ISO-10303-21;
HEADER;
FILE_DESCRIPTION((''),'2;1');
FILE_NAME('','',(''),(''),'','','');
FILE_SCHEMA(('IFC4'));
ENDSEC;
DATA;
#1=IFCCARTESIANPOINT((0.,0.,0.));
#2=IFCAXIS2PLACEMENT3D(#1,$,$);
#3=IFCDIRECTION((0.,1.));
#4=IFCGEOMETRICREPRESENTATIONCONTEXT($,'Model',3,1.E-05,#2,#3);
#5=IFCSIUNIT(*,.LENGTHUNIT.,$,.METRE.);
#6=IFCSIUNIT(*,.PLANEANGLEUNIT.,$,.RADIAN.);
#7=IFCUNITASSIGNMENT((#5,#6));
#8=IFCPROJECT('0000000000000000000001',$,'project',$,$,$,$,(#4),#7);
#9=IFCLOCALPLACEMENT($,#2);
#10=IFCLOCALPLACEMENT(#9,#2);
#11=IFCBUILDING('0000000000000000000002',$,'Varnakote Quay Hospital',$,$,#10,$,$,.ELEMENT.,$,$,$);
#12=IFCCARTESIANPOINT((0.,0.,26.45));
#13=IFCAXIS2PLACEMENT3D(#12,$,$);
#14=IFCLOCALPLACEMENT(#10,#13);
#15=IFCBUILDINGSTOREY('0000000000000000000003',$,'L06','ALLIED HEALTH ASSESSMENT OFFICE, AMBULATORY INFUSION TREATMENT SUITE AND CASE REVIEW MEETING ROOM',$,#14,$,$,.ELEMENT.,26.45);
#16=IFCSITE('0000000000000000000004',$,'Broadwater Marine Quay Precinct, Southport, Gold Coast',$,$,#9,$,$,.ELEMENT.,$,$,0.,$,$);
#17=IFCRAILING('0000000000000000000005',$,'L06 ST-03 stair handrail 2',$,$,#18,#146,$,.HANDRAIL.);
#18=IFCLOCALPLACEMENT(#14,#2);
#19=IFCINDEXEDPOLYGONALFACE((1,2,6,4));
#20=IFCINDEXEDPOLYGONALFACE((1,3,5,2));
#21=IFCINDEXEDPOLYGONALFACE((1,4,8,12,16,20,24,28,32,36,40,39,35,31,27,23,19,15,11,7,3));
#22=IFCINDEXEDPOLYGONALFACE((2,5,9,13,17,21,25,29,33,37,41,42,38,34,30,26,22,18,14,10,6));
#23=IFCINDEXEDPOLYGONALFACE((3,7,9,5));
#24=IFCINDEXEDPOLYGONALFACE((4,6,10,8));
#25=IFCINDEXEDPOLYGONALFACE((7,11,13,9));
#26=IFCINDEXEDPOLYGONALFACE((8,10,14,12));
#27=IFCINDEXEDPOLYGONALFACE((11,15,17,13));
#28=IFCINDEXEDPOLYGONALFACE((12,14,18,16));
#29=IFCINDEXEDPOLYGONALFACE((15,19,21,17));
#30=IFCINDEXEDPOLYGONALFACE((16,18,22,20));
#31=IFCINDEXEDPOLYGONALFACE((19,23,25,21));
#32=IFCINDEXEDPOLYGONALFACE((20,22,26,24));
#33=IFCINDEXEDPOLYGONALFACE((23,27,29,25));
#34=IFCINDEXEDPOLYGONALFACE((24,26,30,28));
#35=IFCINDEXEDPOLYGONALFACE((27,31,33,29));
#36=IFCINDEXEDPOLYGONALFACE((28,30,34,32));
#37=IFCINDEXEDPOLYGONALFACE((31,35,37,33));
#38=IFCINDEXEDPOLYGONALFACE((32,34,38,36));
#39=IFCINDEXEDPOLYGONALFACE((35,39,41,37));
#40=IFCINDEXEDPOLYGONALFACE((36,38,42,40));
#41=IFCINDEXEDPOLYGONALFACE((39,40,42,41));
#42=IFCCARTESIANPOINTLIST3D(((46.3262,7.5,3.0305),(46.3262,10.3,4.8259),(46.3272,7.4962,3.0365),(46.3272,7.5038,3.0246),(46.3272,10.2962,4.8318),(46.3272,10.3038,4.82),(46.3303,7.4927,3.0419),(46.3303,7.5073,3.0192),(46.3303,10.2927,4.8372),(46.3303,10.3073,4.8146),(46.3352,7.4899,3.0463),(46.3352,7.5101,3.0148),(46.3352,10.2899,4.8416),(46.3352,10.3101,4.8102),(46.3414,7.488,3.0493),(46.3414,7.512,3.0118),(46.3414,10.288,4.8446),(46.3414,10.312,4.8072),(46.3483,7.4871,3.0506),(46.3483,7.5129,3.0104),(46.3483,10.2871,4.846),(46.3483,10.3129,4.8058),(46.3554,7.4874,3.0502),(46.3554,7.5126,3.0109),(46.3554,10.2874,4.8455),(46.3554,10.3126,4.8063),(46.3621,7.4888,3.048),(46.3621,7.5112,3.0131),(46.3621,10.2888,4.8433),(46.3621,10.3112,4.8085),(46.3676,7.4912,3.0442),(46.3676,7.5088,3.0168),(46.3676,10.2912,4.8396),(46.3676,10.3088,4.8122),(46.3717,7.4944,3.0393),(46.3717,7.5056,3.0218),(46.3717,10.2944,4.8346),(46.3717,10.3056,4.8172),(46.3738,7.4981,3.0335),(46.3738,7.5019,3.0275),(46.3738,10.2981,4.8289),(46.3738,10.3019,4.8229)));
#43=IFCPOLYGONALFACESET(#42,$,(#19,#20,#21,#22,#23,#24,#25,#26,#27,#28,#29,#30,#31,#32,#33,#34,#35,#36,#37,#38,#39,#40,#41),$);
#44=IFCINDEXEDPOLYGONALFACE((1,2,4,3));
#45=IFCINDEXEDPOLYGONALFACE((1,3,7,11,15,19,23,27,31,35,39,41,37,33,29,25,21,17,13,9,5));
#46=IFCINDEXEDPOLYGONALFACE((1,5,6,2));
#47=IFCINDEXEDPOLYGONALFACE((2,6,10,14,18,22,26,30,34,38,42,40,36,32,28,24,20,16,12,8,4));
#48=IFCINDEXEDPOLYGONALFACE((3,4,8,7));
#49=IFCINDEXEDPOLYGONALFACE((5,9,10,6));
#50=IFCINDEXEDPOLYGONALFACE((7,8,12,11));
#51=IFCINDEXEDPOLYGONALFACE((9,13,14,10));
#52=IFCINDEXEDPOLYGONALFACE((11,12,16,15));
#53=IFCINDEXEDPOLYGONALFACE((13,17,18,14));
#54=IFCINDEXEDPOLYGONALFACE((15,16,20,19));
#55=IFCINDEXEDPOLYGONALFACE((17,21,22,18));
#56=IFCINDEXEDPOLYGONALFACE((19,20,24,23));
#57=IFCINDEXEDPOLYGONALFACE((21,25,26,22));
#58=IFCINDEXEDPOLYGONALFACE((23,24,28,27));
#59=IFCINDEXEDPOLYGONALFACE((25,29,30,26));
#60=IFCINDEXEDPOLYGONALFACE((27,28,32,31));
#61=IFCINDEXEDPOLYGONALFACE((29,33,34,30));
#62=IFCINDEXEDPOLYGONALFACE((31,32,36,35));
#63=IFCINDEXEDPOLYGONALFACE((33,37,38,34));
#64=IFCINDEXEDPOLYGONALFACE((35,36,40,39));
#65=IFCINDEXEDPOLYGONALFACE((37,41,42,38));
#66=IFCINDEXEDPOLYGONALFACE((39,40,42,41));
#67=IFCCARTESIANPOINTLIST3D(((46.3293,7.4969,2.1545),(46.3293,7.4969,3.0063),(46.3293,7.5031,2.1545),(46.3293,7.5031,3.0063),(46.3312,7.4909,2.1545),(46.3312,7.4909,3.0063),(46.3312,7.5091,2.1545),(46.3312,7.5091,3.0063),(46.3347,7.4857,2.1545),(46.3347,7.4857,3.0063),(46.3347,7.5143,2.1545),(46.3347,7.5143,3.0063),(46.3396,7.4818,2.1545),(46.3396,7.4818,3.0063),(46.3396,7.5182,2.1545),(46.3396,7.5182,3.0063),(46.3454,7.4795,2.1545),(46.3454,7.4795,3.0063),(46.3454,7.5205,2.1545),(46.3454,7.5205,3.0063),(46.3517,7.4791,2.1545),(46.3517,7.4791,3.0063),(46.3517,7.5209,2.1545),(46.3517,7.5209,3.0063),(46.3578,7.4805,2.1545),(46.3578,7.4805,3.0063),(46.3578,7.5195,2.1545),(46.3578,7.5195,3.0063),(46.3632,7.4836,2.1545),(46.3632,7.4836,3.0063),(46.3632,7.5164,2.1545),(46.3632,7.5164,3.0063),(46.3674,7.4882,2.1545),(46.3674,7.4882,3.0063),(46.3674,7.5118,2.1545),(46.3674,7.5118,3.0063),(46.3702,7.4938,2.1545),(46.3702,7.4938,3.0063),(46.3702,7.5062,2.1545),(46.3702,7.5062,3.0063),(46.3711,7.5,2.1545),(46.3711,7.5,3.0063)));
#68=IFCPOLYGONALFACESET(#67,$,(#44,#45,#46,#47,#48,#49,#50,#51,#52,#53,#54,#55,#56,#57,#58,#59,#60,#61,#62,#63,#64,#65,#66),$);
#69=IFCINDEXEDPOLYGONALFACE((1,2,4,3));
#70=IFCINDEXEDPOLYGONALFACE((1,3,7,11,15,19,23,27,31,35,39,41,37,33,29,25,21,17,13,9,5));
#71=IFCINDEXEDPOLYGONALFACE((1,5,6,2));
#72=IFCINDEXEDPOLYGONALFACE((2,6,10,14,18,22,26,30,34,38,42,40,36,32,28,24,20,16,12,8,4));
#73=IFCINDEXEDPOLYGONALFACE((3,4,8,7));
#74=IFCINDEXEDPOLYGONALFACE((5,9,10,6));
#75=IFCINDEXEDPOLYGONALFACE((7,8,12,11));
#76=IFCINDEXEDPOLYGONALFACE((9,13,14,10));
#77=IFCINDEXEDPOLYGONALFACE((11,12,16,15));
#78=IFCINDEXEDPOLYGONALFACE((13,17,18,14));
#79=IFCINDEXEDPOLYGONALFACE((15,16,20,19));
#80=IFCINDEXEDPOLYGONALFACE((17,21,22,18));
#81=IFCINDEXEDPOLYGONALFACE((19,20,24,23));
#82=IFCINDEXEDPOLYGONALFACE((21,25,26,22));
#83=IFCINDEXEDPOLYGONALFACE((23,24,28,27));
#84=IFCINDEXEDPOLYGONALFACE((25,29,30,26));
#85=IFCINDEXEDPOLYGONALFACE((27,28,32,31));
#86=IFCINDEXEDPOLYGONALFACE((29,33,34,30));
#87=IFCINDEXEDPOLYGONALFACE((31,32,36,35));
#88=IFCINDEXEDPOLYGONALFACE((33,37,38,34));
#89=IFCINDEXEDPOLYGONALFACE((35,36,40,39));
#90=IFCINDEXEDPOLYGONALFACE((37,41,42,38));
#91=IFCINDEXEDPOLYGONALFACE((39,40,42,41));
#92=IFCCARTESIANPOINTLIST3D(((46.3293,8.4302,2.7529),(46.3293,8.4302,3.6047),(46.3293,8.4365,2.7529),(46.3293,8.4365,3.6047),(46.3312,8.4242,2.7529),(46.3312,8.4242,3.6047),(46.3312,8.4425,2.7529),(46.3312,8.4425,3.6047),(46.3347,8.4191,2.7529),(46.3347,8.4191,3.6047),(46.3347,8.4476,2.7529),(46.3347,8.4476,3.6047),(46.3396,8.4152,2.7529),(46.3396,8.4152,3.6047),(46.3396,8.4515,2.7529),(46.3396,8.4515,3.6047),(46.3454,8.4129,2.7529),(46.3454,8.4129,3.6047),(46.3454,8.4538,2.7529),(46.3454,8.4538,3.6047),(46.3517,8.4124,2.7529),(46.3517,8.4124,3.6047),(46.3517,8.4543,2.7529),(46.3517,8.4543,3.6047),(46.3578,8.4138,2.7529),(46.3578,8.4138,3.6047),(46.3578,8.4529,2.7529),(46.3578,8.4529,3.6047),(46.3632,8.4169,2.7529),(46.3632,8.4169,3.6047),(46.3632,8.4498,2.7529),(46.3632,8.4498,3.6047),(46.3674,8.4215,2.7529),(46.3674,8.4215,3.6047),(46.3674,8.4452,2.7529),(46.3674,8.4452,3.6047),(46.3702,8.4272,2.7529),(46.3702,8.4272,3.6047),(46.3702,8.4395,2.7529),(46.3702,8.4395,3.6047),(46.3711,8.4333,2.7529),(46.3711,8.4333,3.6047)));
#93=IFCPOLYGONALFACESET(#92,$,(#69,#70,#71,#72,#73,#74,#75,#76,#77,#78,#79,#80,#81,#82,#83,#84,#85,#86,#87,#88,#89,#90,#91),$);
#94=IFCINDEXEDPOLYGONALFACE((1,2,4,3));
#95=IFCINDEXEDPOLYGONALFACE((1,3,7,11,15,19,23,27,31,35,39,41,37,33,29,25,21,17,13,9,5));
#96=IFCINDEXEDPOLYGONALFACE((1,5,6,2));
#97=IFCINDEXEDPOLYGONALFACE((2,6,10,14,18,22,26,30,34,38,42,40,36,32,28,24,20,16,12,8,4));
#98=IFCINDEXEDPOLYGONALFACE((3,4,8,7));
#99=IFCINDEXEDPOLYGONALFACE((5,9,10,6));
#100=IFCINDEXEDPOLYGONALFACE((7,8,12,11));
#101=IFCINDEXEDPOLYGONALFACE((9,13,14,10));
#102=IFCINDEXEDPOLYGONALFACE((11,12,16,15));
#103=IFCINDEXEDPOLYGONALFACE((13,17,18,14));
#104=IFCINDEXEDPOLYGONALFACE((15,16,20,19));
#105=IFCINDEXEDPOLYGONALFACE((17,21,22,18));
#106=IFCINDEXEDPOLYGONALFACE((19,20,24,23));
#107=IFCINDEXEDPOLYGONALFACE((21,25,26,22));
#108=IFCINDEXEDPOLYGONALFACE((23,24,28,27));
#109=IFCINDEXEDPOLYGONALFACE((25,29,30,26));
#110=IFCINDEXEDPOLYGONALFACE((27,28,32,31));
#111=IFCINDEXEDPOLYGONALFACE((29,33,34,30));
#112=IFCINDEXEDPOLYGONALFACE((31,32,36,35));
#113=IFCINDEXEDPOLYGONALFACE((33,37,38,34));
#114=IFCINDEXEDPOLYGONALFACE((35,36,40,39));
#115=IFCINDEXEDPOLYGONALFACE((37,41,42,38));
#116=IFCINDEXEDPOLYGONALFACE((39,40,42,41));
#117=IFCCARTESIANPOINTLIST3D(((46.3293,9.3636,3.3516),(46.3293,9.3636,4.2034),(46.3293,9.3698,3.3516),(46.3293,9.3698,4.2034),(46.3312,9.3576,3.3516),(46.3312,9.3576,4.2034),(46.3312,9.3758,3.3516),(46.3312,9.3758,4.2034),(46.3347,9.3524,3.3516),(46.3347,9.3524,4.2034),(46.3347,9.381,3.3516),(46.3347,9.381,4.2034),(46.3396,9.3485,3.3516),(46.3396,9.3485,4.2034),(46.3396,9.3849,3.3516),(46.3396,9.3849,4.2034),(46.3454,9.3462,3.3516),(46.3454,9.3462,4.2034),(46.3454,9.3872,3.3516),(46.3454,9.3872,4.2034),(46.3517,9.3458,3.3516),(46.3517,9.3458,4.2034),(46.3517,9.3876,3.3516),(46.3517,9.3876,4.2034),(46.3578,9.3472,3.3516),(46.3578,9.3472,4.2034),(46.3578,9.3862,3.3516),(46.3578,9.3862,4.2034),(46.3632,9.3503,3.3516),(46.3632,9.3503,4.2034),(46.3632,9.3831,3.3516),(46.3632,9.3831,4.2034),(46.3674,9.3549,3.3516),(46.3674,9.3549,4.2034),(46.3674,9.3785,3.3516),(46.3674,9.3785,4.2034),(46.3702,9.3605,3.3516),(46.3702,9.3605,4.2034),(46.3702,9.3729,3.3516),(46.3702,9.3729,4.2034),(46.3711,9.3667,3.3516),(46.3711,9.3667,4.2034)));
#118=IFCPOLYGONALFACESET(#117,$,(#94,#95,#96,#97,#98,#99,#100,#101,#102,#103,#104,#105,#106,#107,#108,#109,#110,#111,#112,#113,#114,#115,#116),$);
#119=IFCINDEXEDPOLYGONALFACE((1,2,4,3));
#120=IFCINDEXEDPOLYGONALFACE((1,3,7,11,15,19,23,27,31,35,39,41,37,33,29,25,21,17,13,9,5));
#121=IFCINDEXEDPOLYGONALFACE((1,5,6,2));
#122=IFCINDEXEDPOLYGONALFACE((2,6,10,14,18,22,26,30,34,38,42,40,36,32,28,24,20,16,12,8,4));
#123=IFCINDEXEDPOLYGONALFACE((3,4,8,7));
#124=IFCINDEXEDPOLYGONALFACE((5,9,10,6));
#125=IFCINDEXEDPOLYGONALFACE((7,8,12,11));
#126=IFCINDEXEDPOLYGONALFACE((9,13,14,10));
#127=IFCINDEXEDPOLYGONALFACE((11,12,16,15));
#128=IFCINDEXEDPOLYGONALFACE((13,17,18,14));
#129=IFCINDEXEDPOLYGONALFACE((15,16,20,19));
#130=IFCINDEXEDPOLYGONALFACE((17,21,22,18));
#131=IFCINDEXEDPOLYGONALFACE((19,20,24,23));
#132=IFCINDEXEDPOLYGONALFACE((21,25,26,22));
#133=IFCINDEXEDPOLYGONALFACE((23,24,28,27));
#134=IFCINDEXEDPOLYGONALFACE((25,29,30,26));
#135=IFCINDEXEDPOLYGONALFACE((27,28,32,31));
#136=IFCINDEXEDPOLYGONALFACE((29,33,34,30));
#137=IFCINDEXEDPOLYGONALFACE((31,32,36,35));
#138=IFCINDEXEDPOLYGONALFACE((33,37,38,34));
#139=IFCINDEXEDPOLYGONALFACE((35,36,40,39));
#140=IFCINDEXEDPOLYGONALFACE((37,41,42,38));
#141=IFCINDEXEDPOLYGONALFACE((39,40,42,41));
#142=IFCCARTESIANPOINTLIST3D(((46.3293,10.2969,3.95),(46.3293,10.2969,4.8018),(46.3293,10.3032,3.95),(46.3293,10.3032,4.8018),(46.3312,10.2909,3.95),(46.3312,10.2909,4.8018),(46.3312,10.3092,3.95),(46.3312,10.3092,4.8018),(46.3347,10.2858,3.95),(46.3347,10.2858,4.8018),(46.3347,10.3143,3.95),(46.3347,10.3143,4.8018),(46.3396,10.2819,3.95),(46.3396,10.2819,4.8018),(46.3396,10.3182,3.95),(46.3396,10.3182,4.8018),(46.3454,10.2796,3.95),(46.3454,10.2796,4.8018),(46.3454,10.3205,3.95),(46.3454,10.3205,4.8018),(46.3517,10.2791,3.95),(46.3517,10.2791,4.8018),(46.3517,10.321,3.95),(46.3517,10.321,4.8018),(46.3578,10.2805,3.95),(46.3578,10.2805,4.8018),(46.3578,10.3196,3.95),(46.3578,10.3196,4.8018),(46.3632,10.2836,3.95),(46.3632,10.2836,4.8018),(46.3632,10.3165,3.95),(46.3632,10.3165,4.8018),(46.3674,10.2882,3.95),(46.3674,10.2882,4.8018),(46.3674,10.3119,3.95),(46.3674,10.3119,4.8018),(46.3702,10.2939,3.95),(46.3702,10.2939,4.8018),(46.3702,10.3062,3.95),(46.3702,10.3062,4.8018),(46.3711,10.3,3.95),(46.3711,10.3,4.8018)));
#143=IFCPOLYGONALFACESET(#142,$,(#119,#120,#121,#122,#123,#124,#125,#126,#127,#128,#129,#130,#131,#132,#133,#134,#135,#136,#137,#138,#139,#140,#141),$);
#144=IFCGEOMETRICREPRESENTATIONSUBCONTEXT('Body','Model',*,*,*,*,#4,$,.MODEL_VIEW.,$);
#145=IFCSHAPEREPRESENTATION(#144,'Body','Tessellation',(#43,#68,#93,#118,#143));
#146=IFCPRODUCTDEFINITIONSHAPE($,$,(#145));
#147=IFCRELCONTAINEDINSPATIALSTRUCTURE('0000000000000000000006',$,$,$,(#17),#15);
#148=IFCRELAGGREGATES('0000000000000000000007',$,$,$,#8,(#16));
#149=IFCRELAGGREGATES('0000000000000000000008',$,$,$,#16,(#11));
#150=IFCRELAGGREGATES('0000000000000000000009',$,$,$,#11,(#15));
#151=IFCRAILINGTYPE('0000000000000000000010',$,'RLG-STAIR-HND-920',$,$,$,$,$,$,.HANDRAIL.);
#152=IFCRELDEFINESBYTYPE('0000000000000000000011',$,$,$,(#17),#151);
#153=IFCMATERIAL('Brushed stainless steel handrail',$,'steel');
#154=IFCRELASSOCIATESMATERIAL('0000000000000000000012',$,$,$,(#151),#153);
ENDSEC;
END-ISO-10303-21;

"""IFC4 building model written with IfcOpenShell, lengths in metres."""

from ifc_helpers import new_model, si_unit, direction, frame, origin, origin_2d, place, context, subcontext, project, spatial, circle, extrude, material, type_object, element, save


model = new_model("IFC4")

# Units and contexts
model_context = context("Model", 3, precision=1e-05, world=origin(), true_north=direction((0.0, 1.0)))
body_context = subcontext(model_context, "Body", "Model", "MODEL_VIEW")
ifc_project = project(units=[si_unit("LENGTHUNIT", "METRE"), si_unit("PLANEANGLEUNIT", "RADIAN")], contexts=[model_context])

# Site, building, storey
site_placement = place(None, origin())
site = spatial("IfcSite", under=ifc_project, at=site_placement, Name="Broadwater Marine Quay Precinct, Southport, Gold Coast", CompositionType="ELEMENT", RefElevation=0.0)
building_placement = place(site_placement, origin())
building = spatial("IfcBuilding", under=site, at=building_placement, Name="Varnakote Quay Hospital", CompositionType="ELEMENT")
storey_placement = place(building_placement, frame((0.0, 0.0, 26.45)))
storey = spatial("IfcBuildingStorey", under=building, at=storey_placement, Name="L06", Description="ALLIED HEALTH ASSESSMENT OFFICE, AMBULATORY INFUSION TREATMENT SUITE AND CASE REVIEW MEETING ROOM", CompositionType="ELEMENT", Elevation=26.45)

# Railing
ifc_material_1 = material(Name="Brushed stainless steel handrail", Category="steel")
railing_type_1 = type_object("IfcRailingType", Name="RLG-STAIR-HND-920", PredefinedType="HANDRAIL", material=ifc_material_1)
railing_1_placement = place(storey_placement, frame((46.3501, 7.5, 2.1545)))
element("IfcRailing", 1, at=railing_1_placement, inside=storey, type_object=railing_type_1, Name="L06 ST-03 stair handrail 2", PredefinedType="HANDRAIL", context=body_context, shape_type="SweptSolid", body=[
    extrude(circle(Radius=0.0239, at=origin_2d()), frame((0.0, 0.0, 0.876), z_axis=(0.0, 0.84181, 0.539774), x_axis=(-1.0, 0.0, 0.0)), (0.0, 0.0, 1.0), 3.3262),
    extrude(circle(Radius=0.021, at=origin_2d()), origin(), (0.0, 0.0, 1.0), 0.8518),
    extrude(circle(Radius=0.021, at=origin_2d()), frame((0.0, 0.9333, 0.5984)), (0.0, 0.0, 1.0), 0.8518),
    extrude(circle(Radius=0.021, at=origin_2d()), frame((0.0, 1.8667, 1.197)), (0.0, 0.0, 1.0), 0.8518),
    extrude(circle(Radius=0.021, at=origin_2d()), frame((0.0, 2.8, 1.7954)), (0.0, 0.0, 1.0), 0.8518),
])

save(model, "model.ifc")
